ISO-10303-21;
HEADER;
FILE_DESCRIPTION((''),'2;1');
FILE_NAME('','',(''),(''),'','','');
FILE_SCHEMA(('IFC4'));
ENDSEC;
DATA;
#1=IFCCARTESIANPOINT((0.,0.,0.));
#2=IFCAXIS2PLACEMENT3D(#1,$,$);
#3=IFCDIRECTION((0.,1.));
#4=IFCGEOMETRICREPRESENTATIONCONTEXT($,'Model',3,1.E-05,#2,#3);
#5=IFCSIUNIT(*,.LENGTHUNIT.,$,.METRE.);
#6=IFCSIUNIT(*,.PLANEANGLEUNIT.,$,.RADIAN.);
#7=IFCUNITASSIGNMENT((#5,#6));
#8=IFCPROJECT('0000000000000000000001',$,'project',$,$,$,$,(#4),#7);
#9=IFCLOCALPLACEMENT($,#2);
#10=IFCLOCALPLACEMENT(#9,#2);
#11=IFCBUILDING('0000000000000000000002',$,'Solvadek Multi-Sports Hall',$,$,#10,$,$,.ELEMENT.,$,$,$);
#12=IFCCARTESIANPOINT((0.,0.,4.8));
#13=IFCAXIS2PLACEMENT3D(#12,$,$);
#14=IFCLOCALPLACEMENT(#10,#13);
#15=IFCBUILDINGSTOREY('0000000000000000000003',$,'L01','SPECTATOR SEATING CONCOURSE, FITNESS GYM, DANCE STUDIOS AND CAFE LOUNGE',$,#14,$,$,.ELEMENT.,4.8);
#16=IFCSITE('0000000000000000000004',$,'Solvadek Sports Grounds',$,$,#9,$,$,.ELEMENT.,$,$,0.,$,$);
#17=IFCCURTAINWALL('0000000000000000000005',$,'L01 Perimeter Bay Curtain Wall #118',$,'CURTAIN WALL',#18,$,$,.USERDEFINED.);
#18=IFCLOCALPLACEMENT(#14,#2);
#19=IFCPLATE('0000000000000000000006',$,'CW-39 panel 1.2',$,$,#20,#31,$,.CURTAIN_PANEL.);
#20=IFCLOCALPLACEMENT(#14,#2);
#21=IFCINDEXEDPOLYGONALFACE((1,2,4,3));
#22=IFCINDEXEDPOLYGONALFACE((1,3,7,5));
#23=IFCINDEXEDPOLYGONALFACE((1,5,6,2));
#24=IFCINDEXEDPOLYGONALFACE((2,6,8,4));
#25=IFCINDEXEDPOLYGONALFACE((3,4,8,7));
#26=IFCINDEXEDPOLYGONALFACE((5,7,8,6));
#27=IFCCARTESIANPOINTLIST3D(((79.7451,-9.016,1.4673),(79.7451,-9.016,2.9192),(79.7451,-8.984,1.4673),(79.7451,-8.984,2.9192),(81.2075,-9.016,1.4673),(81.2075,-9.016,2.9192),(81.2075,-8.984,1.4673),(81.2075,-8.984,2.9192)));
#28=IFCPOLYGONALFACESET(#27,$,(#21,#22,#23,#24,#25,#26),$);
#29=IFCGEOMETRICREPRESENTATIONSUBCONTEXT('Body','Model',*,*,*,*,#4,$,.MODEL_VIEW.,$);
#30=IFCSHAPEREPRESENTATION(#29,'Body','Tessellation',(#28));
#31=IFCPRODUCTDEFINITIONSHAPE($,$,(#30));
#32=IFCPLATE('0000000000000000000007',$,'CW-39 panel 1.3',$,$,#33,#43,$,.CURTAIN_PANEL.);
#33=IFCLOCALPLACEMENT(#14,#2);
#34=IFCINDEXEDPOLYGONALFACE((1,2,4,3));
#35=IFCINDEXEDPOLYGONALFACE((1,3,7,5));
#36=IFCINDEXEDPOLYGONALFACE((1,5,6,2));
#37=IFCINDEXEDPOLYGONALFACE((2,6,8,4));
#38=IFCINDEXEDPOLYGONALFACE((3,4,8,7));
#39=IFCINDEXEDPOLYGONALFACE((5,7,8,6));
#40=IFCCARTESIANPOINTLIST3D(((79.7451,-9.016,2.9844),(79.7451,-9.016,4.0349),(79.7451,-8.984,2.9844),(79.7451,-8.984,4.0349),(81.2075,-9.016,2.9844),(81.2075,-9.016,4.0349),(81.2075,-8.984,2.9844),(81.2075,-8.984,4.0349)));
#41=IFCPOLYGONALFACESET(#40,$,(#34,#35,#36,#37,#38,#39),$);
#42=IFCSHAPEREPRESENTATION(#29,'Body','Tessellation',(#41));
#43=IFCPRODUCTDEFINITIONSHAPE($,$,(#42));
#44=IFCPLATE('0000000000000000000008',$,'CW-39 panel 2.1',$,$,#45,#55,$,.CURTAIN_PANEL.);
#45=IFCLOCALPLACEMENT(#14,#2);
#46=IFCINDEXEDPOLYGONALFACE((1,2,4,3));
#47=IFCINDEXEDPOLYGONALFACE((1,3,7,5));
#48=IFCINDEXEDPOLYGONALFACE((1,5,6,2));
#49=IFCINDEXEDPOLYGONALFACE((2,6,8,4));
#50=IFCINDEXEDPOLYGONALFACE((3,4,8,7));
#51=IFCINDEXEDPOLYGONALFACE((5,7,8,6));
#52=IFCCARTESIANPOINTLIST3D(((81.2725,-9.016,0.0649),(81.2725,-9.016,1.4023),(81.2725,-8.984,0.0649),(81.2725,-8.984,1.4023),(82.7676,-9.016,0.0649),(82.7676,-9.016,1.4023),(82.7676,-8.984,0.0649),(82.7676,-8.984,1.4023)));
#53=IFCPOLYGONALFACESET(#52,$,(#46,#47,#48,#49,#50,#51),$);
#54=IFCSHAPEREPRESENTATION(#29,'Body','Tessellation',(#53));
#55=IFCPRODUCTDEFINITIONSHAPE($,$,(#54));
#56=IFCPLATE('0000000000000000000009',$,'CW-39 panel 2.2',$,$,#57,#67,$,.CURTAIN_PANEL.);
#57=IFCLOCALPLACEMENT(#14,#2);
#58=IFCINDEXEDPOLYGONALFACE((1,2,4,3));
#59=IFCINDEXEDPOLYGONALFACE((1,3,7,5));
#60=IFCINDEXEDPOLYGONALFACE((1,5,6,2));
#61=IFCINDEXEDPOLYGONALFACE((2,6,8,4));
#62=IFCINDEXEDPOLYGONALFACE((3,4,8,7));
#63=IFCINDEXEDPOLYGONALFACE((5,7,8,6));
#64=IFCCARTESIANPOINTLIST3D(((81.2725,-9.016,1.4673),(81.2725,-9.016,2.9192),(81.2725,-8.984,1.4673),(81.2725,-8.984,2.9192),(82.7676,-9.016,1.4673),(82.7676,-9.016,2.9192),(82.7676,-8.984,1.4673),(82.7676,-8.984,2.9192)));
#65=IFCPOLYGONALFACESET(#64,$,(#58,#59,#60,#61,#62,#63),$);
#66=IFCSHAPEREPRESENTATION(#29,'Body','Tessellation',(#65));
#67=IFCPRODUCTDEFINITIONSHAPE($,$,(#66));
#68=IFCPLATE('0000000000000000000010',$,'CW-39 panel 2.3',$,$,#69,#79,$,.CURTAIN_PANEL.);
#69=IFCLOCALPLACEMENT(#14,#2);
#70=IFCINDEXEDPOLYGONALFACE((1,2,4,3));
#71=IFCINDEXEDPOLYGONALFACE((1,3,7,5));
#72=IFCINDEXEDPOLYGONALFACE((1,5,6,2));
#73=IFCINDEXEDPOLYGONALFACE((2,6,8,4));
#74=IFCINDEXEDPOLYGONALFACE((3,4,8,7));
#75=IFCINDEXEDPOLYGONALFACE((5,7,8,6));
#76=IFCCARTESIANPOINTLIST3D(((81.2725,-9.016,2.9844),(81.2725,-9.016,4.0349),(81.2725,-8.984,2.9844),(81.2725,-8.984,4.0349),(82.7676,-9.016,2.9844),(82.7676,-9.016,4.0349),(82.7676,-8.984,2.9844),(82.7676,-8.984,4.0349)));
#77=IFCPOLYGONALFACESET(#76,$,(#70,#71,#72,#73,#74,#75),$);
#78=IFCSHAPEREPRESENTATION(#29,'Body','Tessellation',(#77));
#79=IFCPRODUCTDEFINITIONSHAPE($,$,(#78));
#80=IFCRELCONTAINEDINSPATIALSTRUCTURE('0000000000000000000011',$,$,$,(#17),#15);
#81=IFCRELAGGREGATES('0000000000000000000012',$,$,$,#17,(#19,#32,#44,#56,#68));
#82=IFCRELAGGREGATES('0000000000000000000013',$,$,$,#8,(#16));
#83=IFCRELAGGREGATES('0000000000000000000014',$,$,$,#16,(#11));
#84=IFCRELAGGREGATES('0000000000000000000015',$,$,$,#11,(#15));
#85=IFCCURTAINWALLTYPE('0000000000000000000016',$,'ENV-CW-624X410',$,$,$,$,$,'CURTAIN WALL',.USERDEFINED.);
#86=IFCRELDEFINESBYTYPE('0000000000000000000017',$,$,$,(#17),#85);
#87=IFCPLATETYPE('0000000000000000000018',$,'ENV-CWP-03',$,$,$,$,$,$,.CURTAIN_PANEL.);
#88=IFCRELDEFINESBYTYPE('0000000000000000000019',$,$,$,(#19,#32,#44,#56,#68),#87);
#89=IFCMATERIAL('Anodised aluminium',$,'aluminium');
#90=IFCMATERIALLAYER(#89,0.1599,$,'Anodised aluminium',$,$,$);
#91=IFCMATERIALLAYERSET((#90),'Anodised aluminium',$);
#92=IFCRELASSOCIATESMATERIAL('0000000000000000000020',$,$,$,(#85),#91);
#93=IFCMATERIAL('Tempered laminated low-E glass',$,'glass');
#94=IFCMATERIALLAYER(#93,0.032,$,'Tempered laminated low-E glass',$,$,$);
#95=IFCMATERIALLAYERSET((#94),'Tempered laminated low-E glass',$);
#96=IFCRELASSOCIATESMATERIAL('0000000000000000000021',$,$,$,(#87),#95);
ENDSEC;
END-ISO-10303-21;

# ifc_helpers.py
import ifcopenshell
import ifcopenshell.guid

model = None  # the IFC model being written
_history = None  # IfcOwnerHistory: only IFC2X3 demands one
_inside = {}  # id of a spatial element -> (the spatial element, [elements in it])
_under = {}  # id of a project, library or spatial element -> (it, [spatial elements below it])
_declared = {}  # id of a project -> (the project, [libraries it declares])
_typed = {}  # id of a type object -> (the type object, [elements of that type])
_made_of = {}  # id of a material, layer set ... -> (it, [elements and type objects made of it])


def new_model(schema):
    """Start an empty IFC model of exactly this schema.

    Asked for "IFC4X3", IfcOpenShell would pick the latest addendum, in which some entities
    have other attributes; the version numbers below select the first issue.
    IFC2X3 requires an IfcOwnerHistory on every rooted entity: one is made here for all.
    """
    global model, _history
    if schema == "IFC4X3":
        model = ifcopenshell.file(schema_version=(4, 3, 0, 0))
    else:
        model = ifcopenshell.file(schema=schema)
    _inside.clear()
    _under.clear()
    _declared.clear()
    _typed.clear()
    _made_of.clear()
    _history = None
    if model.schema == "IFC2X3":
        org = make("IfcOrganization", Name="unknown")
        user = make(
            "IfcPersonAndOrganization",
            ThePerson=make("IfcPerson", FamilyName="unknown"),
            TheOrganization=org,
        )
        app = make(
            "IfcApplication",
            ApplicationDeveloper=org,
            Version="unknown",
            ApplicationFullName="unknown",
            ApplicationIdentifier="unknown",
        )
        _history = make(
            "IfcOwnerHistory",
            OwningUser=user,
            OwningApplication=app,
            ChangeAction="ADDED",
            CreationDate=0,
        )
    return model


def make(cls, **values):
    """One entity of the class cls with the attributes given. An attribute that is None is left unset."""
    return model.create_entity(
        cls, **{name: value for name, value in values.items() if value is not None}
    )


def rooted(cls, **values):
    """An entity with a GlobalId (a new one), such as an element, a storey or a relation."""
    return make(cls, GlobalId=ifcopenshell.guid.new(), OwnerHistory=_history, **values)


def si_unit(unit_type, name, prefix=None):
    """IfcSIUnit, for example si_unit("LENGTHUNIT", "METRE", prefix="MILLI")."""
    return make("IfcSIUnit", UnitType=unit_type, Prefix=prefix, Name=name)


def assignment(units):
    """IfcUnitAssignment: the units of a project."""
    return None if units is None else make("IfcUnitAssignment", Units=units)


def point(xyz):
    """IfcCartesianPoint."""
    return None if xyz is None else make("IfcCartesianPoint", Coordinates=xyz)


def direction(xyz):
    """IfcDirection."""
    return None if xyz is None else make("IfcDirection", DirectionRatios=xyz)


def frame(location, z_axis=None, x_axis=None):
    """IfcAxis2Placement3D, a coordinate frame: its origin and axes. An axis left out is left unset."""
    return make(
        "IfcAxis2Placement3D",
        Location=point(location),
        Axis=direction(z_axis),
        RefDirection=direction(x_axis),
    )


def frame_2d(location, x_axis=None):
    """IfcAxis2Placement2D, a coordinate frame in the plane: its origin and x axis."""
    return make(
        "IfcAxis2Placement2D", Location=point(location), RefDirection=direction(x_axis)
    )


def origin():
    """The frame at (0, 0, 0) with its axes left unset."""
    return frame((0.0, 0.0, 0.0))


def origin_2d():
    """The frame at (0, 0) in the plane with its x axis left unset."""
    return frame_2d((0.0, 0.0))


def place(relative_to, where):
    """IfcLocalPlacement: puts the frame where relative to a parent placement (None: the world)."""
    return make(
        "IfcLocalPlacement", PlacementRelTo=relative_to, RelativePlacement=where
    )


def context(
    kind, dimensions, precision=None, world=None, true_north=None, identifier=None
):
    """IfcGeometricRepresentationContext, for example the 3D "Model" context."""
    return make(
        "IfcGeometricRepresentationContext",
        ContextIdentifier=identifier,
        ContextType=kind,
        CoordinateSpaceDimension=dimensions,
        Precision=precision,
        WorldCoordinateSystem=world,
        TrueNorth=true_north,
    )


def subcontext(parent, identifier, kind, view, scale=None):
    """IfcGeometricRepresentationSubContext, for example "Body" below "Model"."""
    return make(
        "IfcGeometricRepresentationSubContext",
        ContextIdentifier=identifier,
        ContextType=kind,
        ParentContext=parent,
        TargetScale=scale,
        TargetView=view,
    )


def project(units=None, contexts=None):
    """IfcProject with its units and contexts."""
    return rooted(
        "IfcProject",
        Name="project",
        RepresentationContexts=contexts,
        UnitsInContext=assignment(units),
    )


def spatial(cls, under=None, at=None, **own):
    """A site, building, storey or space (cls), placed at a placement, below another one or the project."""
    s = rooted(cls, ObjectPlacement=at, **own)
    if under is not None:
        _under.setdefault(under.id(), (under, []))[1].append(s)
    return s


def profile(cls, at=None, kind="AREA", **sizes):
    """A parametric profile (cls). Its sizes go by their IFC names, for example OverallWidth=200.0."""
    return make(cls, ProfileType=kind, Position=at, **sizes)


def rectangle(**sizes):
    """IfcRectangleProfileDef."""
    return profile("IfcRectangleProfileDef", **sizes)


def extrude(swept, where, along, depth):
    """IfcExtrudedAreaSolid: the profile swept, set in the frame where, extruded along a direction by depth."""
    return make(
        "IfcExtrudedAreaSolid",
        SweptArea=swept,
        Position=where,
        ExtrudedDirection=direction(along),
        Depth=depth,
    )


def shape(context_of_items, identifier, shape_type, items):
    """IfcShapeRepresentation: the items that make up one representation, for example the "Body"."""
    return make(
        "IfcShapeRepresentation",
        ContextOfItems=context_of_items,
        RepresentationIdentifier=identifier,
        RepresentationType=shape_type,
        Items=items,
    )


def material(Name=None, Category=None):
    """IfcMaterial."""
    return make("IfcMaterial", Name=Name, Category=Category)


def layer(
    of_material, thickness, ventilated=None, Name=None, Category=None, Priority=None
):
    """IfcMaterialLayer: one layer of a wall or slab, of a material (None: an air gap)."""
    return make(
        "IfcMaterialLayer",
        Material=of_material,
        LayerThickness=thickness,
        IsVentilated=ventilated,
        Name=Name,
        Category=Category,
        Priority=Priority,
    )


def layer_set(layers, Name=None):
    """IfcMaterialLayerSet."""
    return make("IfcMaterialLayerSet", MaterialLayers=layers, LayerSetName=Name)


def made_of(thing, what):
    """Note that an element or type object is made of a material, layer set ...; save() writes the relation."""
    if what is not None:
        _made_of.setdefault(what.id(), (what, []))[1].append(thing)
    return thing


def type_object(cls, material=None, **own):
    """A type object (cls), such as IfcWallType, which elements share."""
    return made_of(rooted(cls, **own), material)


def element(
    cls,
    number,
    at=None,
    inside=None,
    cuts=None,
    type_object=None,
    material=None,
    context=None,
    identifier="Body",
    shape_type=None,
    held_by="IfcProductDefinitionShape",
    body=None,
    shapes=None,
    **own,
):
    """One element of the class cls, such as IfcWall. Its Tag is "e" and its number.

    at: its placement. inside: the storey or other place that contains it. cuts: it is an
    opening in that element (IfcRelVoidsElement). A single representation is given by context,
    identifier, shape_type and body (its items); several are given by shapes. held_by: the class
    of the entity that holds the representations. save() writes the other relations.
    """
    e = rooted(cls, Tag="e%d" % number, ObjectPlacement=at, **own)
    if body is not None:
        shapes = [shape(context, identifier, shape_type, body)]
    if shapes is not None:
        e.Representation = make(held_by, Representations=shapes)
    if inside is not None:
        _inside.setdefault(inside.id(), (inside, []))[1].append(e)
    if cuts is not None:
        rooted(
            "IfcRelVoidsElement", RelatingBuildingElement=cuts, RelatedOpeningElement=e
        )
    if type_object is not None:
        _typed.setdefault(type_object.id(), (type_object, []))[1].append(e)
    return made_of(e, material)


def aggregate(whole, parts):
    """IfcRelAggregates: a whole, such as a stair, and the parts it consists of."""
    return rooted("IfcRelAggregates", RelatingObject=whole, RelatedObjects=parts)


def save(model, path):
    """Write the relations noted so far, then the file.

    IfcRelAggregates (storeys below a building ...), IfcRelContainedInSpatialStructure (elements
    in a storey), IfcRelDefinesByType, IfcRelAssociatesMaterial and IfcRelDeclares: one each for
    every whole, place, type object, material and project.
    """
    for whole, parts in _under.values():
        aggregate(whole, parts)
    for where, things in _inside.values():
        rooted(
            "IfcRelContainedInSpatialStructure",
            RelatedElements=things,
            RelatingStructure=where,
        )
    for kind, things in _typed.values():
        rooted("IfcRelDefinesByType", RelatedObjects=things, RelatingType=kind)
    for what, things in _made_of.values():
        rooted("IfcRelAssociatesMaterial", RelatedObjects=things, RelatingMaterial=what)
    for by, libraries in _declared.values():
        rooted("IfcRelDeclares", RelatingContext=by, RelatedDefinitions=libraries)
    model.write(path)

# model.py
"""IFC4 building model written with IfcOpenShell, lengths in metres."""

from ifc_helpers import new_model, si_unit, direction, frame, origin, origin_2d, place, context, subcontext, project, spatial, rectangle, extrude, material, layer, layer_set, type_object, element, aggregate, save


model = new_model("IFC4")

# Units and contexts
model_context = context("Model", 3, precision=1e-05, world=origin(), true_north=direction((0.0, 1.0)))
body_context = subcontext(model_context, "Body", "Model", "MODEL_VIEW")
ifc_project = project(units=[si_unit("LENGTHUNIT", "METRE"), si_unit("PLANEANGLEUNIT", "RADIAN")], contexts=[model_context])

# Site, building, storey
site_placement = place(None, origin())
site = spatial("IfcSite", under=ifc_project, at=site_placement, Name="Solvadek Sports Grounds", CompositionType="ELEMENT", RefElevation=0.0)
building_placement = place(site_placement, origin())
building = spatial("IfcBuilding", under=site, at=building_placement, Name="Solvadek Multi-Sports Hall", CompositionType="ELEMENT")
storey_placement = place(building_placement, frame((0.0, 0.0, 4.8)))
storey = spatial("IfcBuildingStorey", under=building, at=storey_placement, Name="L01", Description="SPECTATOR SEATING CONCOURSE, FITNESS GYM, DANCE STUDIOS AND CAFE LOUNGE", CompositionType="ELEMENT", Elevation=4.8)

# Curtain wall
ifc_material_1 = material(Name="Anodised aluminium", Category="aluminium")
ifc_layer_1 = layer(ifc_material_1, 0.1599, Name="Anodised aluminium")
ifc_layer_set_1 = layer_set([ifc_layer_1], Name="Anodised aluminium")
curtain_wall_type = type_object("IfcCurtainWallType", Name="ENV-CW-624X410", ElementType="CURTAIN WALL", PredefinedType="USERDEFINED", material=ifc_layer_set_1)
curtain_wall_1_placement = place(storey_placement, origin())
curtain_wall_1 = element("IfcCurtainWall", 1, at=curtain_wall_1_placement, inside=storey, type_object=curtain_wall_type, Name="L01 Perimeter Bay Curtain Wall #118", ObjectType="CURTAIN WALL", PredefinedType="USERDEFINED")

# Plates
ifc_material_2 = material(Name="Tempered laminated low-E glass", Category="glass")
ifc_layer_2 = layer(ifc_material_2, 0.032, Name="Tempered laminated low-E glass")
ifc_layer_set_2 = layer_set([ifc_layer_2], Name="Tempered laminated low-E glass")
plate_type = type_object("IfcPlateType", Name="ENV-CWP-03", PredefinedType="CURTAIN_PANEL", material=ifc_layer_set_2)
plate_1_placement = place(storey_placement, frame((80.4763, -9.0, 1.4673), z_axis=(0.0, 0.0, 1.0), x_axis=(1.0, 0.0, 0.0)))
plate_1 = element("IfcPlate", 2, at=plate_1_placement, type_object=plate_type, Name="CW-39 panel 1.2", PredefinedType="CURTAIN_PANEL", context=body_context, shape_type="SweptSolid", body=[
    extrude(rectangle(XDim=1.4624, YDim=0.032, at=origin_2d()), origin(), (0.0, 0.0, 1.0), 1.4519),
])
plate_2_placement = place(storey_placement, frame((80.4763, -9.0, 2.9844), z_axis=(0.0, 0.0, 1.0), x_axis=(1.0, 0.0, 0.0)))
plate_2 = element("IfcPlate", 3, at=plate_2_placement, type_object=plate_type, Name="CW-39 panel 1.3", PredefinedType="CURTAIN_PANEL", context=body_context, shape_type="SweptSolid", body=[
    extrude(rectangle(XDim=1.4624, YDim=0.032, at=origin_2d()), origin(), (0.0, 0.0, 1.0), 1.0505),
])
plate_3_placement = place(storey_placement, frame((82.02, -9.0, 0.0649), z_axis=(0.0, 0.0, 1.0), x_axis=(1.0, 0.0, 0.0)))
plate_3 = element("IfcPlate", 4, at=plate_3_placement, type_object=plate_type, Name="CW-39 panel 2.1", PredefinedType="CURTAIN_PANEL", context=body_context, shape_type="SweptSolid", body=[
    extrude(rectangle(XDim=1.4951, YDim=0.032, at=origin_2d()), origin(), (0.0, 0.0, 1.0), 1.3374),
])
plate_4_placement = place(storey_placement, frame((82.02, -9.0, 1.4673), z_axis=(0.0, 0.0, 1.0), x_axis=(1.0, 0.0, 0.0)))
plate_4 = element("IfcPlate", 5, at=plate_4_placement, type_object=plate_type, Name="CW-39 panel 2.2", PredefinedType="CURTAIN_PANEL", context=body_context, shape_type="SweptSolid", body=[
    extrude(rectangle(XDim=1.4951, YDim=0.032, at=origin_2d()), origin(), (0.0, 0.0, 1.0), 1.4519),
])
plate_5_placement = place(storey_placement, frame((82.02, -9.0, 2.9844), z_axis=(0.0, 0.0, 1.0), x_axis=(1.0, 0.0, 0.0)))
plate_5 = element("IfcPlate", 6, at=plate_5_placement, type_object=plate_type, Name="CW-39 panel 2.3", PredefinedType="CURTAIN_PANEL", context=body_context, shape_type="SweptSolid", body=[
    extrude(rectangle(XDim=1.4951, YDim=0.032, at=origin_2d()), origin(), (0.0, 0.0, 1.0), 1.0505),
])
aggregate(curtain_wall_1, [plate_1, plate_2, plate_3, plate_4, plate_5])

save(model, "model.ifc")
